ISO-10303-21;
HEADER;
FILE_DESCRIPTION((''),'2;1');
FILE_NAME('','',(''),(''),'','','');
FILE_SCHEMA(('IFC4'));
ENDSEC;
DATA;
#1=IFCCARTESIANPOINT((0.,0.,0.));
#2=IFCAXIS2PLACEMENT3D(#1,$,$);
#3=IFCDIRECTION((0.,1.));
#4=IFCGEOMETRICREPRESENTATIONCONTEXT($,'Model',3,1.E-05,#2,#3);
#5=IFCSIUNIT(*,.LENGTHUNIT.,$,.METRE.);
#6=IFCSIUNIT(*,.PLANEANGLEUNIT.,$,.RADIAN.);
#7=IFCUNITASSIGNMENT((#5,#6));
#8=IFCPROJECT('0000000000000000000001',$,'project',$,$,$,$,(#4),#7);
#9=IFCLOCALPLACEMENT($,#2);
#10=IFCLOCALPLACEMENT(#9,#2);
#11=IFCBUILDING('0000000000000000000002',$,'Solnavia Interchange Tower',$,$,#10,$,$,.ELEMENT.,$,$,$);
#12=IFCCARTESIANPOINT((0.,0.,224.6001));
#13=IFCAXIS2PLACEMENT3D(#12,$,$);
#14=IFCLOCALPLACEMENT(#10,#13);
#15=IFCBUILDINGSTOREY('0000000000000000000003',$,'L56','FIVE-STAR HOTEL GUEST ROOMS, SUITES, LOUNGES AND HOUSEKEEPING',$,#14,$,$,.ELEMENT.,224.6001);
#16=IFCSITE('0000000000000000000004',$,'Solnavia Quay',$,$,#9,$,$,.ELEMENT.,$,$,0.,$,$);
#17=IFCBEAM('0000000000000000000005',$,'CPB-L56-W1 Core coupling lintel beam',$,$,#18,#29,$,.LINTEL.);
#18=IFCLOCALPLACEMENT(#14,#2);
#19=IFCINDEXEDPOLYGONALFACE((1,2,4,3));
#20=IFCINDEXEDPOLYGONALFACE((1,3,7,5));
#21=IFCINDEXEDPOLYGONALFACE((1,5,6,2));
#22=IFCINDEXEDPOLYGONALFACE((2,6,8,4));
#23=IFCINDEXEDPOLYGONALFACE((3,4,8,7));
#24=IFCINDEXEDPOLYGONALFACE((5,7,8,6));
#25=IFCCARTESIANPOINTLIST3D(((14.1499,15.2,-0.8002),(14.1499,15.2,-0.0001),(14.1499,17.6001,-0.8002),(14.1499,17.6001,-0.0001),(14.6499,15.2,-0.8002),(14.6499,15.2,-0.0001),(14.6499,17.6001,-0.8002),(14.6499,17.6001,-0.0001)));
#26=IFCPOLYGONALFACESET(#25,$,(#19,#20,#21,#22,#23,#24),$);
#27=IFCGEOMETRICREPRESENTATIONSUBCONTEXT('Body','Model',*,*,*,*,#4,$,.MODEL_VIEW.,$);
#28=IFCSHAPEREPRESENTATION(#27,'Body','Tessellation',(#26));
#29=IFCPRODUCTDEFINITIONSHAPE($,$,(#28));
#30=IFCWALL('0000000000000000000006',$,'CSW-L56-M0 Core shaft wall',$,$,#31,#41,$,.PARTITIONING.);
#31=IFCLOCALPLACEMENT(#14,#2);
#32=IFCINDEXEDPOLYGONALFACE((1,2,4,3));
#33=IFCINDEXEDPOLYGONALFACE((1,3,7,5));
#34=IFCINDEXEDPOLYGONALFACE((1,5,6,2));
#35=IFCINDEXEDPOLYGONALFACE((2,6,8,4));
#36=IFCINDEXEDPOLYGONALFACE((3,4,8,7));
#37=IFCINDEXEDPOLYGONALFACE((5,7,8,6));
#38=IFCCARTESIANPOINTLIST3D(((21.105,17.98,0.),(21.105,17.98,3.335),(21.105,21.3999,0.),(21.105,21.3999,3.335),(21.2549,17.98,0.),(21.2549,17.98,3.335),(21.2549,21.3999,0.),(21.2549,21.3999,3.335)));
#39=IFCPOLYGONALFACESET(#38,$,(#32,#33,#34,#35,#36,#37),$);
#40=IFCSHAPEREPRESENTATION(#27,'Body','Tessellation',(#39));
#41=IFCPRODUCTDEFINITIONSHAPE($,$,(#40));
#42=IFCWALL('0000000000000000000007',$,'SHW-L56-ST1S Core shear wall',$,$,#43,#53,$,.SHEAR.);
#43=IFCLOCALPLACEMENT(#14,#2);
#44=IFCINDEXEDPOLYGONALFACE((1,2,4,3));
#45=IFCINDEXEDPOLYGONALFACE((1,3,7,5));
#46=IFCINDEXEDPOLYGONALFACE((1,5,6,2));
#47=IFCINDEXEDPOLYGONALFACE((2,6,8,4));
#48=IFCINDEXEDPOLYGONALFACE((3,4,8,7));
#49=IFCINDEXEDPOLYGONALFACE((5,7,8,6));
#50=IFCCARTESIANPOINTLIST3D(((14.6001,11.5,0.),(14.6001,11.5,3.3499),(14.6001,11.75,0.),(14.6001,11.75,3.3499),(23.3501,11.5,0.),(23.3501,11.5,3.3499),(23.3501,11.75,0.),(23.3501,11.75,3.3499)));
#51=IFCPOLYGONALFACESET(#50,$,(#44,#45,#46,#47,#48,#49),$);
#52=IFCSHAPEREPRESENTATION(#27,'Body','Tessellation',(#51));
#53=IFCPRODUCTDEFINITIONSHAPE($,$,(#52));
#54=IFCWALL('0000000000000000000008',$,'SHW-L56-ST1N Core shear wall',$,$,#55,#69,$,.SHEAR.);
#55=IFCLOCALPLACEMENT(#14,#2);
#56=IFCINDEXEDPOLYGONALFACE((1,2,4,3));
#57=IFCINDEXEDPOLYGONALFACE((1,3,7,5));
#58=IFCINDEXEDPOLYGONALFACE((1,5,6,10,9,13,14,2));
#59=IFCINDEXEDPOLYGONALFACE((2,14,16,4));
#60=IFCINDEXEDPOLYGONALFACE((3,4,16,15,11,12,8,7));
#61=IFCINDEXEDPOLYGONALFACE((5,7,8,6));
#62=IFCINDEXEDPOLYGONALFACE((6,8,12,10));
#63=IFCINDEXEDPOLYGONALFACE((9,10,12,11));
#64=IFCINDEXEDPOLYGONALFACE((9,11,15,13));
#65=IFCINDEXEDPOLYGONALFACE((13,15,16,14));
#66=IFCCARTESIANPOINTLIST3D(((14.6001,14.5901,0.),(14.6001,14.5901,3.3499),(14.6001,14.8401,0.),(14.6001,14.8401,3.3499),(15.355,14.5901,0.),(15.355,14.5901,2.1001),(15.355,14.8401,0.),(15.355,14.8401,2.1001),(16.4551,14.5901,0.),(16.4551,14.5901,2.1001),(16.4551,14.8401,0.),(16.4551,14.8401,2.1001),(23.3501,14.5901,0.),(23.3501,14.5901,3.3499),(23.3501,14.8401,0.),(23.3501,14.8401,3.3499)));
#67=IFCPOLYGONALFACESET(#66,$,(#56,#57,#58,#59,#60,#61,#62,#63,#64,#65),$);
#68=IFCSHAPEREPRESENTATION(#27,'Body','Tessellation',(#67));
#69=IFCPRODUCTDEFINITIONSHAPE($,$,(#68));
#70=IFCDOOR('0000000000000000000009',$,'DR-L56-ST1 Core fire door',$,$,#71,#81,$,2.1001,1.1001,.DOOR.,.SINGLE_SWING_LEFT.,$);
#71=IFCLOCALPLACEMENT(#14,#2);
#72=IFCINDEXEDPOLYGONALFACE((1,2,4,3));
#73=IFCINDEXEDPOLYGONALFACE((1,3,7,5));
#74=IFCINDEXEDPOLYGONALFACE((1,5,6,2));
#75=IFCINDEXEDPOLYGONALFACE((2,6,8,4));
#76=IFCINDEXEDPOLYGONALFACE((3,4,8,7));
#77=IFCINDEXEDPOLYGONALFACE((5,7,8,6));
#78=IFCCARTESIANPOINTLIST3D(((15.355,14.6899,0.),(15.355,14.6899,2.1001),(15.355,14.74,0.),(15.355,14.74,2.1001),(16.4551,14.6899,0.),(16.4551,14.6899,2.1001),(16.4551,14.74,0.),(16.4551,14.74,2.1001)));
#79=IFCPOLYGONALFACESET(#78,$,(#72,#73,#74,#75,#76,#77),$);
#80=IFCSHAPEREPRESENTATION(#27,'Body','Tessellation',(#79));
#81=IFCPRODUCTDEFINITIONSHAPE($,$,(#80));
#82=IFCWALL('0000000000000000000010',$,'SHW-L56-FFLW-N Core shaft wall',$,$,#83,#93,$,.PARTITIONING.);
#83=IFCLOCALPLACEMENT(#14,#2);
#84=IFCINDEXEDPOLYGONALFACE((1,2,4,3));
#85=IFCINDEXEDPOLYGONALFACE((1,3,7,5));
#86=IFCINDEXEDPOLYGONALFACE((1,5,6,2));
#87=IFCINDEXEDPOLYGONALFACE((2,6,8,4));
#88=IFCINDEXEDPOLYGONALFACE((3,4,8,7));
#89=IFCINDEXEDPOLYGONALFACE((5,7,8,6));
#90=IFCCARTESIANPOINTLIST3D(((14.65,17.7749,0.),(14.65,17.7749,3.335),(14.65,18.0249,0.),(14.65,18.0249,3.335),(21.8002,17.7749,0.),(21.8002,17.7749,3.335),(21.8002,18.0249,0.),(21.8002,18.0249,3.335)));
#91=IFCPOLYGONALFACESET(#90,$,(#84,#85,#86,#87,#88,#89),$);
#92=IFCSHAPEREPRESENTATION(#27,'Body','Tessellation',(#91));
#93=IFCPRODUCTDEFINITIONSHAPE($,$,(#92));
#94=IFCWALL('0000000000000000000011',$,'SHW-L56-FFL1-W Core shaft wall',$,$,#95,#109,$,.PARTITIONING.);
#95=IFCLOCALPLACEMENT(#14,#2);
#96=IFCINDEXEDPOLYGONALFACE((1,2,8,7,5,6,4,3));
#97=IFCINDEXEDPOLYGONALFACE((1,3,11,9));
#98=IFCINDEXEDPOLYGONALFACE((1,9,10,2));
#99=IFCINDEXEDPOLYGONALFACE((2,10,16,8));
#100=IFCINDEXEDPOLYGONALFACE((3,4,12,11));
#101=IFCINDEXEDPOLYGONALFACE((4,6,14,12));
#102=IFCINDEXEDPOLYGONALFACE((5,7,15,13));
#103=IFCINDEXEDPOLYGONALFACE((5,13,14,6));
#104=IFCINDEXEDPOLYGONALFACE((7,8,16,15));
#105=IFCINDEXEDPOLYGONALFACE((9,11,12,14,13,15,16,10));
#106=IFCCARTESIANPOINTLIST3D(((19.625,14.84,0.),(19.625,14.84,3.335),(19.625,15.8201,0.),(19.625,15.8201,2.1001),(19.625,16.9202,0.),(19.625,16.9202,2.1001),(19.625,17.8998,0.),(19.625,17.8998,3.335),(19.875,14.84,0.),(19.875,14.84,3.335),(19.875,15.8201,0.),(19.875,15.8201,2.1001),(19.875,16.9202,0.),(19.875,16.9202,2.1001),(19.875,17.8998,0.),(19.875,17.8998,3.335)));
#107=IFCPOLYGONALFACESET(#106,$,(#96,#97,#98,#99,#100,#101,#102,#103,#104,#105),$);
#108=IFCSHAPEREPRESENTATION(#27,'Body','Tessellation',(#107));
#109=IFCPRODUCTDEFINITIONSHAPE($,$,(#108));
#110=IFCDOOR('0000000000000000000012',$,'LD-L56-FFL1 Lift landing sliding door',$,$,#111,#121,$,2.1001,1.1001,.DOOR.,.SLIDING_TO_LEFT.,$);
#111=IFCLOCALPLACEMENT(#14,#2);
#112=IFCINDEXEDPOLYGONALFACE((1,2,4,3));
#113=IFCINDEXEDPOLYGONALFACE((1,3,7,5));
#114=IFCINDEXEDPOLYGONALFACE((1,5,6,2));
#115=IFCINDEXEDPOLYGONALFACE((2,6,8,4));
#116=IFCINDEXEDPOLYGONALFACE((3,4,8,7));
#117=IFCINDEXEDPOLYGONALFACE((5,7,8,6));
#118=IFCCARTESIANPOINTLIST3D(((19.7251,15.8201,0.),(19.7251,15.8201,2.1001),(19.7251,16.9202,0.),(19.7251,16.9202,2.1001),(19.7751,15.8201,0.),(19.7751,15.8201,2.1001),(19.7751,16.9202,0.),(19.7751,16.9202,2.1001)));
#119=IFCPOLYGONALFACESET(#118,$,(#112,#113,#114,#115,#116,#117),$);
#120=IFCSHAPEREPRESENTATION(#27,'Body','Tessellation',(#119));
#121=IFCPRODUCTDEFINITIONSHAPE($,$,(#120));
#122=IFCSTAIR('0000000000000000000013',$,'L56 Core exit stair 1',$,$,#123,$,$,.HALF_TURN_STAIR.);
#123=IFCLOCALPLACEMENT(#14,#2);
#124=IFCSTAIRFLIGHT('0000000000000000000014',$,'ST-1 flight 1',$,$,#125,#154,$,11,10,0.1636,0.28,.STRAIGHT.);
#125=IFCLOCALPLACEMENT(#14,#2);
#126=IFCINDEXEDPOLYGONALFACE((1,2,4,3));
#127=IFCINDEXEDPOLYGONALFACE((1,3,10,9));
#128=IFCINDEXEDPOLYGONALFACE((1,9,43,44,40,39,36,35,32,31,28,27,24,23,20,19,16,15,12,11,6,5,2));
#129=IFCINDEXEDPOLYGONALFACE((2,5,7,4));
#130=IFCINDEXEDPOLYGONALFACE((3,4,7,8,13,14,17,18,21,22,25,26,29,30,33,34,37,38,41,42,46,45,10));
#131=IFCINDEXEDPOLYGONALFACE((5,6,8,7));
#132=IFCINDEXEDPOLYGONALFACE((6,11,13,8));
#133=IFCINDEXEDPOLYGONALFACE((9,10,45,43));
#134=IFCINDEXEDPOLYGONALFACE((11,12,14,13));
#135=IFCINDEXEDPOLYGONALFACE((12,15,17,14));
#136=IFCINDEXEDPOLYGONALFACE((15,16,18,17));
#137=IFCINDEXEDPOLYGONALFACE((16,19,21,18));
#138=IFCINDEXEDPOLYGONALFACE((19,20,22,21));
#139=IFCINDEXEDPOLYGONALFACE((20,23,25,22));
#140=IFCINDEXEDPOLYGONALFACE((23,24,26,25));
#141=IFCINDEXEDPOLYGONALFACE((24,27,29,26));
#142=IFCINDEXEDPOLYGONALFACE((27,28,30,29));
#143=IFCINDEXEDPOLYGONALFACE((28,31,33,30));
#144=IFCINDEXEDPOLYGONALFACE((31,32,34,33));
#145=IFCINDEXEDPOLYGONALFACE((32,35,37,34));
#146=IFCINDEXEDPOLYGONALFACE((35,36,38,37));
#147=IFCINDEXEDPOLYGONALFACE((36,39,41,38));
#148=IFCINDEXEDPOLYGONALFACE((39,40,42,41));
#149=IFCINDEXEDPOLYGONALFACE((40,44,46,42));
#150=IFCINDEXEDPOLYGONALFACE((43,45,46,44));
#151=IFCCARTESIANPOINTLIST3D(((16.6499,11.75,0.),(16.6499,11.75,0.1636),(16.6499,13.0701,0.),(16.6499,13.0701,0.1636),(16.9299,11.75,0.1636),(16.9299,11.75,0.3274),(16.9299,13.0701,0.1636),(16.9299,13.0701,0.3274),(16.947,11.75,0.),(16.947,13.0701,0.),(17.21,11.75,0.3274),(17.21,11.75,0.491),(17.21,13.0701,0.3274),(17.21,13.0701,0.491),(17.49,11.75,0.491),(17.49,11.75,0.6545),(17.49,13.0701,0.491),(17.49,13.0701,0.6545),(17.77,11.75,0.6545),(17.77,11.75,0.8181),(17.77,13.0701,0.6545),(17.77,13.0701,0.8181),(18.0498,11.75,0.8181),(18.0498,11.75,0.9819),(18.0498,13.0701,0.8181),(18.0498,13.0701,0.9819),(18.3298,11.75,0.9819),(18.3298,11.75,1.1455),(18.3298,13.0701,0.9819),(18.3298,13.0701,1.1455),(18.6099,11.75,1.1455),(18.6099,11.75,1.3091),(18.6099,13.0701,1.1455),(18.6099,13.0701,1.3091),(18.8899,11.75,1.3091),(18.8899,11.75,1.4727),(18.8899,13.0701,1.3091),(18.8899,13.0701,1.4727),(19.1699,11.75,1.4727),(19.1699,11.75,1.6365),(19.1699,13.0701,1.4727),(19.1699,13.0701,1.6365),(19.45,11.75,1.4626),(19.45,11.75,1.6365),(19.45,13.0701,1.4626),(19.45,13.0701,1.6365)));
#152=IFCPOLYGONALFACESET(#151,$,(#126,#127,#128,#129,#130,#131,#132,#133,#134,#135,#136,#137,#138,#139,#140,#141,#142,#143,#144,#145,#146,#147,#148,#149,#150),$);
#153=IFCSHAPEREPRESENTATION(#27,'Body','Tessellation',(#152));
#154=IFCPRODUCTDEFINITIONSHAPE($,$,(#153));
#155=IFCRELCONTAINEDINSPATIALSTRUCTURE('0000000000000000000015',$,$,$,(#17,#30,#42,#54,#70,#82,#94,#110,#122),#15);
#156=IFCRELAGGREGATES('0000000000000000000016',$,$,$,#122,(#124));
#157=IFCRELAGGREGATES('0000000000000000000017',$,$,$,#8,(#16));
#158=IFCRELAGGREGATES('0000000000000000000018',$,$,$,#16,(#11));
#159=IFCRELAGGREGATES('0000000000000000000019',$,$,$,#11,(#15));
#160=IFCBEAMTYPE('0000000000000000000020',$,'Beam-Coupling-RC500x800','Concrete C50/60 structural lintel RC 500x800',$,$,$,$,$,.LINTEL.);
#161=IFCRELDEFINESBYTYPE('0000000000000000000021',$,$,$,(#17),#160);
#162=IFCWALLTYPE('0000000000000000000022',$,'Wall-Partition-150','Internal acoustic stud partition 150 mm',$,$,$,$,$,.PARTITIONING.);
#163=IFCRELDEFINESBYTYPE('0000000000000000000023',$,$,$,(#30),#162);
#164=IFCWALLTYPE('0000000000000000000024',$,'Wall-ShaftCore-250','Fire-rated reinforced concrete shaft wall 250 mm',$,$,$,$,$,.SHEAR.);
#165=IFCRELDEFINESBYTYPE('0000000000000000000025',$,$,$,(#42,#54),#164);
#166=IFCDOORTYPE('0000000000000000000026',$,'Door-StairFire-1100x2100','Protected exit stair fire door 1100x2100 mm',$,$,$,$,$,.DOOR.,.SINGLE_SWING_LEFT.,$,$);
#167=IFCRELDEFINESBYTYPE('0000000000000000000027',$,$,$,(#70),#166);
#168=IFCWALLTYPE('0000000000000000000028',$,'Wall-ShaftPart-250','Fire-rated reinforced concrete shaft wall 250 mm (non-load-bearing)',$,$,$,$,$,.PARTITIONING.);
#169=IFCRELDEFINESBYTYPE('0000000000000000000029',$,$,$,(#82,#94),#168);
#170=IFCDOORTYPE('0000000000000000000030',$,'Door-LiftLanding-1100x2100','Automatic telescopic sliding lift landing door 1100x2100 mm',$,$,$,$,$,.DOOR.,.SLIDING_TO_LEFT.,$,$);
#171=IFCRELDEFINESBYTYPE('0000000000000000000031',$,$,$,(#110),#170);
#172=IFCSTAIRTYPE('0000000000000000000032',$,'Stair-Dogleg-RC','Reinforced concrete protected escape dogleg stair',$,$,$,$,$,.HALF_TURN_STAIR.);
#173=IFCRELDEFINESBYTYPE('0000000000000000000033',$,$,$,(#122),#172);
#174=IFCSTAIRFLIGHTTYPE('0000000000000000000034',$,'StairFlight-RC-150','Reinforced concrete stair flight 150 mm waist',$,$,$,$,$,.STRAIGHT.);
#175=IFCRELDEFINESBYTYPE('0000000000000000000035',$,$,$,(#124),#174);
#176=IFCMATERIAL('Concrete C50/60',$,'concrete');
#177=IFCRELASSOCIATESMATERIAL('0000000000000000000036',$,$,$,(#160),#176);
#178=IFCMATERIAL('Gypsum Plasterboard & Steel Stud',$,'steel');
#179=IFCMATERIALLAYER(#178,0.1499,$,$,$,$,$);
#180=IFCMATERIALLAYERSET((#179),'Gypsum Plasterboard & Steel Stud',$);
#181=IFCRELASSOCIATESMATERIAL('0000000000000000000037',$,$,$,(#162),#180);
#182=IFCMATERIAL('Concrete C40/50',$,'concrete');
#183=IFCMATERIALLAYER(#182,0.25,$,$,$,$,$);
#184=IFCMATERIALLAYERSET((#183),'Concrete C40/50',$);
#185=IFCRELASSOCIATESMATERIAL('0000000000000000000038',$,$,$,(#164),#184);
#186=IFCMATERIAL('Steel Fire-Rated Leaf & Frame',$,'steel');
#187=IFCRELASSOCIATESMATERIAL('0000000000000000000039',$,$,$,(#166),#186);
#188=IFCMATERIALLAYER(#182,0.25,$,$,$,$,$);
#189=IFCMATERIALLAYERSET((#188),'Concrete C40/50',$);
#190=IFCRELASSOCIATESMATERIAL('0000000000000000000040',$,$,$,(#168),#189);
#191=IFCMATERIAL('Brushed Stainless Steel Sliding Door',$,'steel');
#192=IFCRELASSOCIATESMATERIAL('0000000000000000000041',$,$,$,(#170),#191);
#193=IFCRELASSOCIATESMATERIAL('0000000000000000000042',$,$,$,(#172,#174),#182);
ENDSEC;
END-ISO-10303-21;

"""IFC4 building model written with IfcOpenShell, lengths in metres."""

from ifc_helpers import new_model, si_unit, direction, frame, frame_2d, origin, origin_2d, place, context, subcontext, project, spatial, polyline, rectangle, outline, extrude, material, layer, layer_set, material_profile, profile_set, type_object, element, fill, aggregate, save


model = new_model("IFC4")

# Units and contexts
model_context = context("Model", 3, precision=1e-05, world=origin(), true_north=direction((0.0, 1.0)))
body_context = subcontext(model_context, "Body", "Model", "MODEL_VIEW")
ifc_project = project(units=[si_unit("LENGTHUNIT", "METRE"), si_unit("PLANEANGLEUNIT", "RADIAN")], contexts=[model_context])

# Site, building, storey
site_placement = place(None, origin())
site = spatial("IfcSite", under=ifc_project, at=site_placement, Name="Solnavia Quay", CompositionType="ELEMENT", RefElevation=0.0)
building_placement = place(site_placement, origin())
building = spatial("IfcBuilding", under=site, at=building_placement, Name="Solnavia Interchange Tower", CompositionType="ELEMENT")
storey_placement = place(building_placement, frame((0.0, 0.0, 224.6001)))
storey = spatial("IfcBuildingStorey", under=building, at=storey_placement, Name="L56", Description="FIVE-STAR HOTEL GUEST ROOMS, SUITES, LOUNGES AND HOUSEKEEPING", CompositionType="ELEMENT", Elevation=224.6001)

# Beam
ifc_material_1 = material(Name="Concrete C50/60", Category="concrete")
ifc_material_profile = material_profile(ifc_material_1, rectangle(XDim=0.5, YDim=0.8, at=origin_2d()), Name="RC 500x800")
ifc_profile_set = profile_set([ifc_material_profile], Name="Concrete C50/60")
beam_type = type_object("IfcBeamType", Name="Beam-Coupling-RC500x800", Description="Concrete C50/60 structural lintel RC 500x800", PredefinedType="LINTEL", material=ifc_profile_set)
beam_placement = place(storey_placement, frame((14.3999, 15.2, -0.4001), z_axis=(0.0, 1.0, 0.0), x_axis=(-1.0, 0.0, 0.0)))
element("IfcBeam", 1, at=beam_placement, inside=storey, type_object=beam_type, Name="CPB-L56-W1 Core coupling lintel beam", PredefinedType="LINTEL", context=body_context, shape_type="SweptSolid", body=[
    extrude(rectangle(XDim=0.5, YDim=0.8, at=origin_2d()), origin(), (0.0, 0.0, 1.0), 2.4001),
])

# Walls
ifc_material_2 = material(Name="Gypsum Plasterboard & Steel Stud", Category="steel")
ifc_layer_1 = layer(ifc_material_2, 0.1499)
ifc_layer_set_1 = layer_set([ifc_layer_1], Name="Gypsum Plasterboard & Steel Stud")
wall_type_1 = type_object("IfcWallType", Name="Wall-Partition-150", Description="Internal acoustic stud partition 150 mm", PredefinedType="PARTITIONING", material=ifc_layer_set_1)
wall_1_placement = place(storey_placement, frame((21.1799, 17.98, 0.0), z_axis=(0.0, 0.0, 1.0), x_axis=(0.0, 1.0, 0.0)))
element("IfcWall", 2, at=wall_1_placement, inside=storey, type_object=wall_type_1, Name="CSW-L56-M0 Core shaft wall", PredefinedType="PARTITIONING", context=body_context, shape_type="SweptSolid", body=[
    extrude(rectangle(XDim=3.4199, YDim=0.1499, at=frame_2d((1.71, 0.0))), origin(), (0.0, 0.0, 1.0), 3.335),
])
ifc_material_3 = material(Name="Concrete C40/50", Category="concrete")
ifc_layer_2 = layer(ifc_material_3, 0.25)
ifc_layer_set_2 = layer_set([ifc_layer_2], Name="Concrete C40/50")
wall_type_2 = type_object("IfcWallType", Name="Wall-ShaftCore-250", Description="Fire-rated reinforced concrete shaft wall 250 mm", PredefinedType="SHEAR", material=ifc_layer_set_2)
wall_2_placement = place(storey_placement, frame((14.6001, 11.625, 0.0), z_axis=(0.0, 0.0, 1.0), x_axis=(1.0, 0.0, 0.0)))
element("IfcWall", 3, at=wall_2_placement, inside=storey, type_object=wall_type_2, Name="SHW-L56-ST1S Core shear wall", PredefinedType="SHEAR", context=body_context, shape_type="SweptSolid", body=[
    extrude(rectangle(XDim=8.75, YDim=0.25, at=frame_2d((4.375, 0.0))), origin(), (0.0, 0.0, 1.0), 3.3499),
])

# Wall, opening, door
wall_3_placement = place(storey_placement, frame((14.6001, 14.7151, 0.0), z_axis=(0.0, 0.0, 1.0), x_axis=(1.0, 0.0, 0.0)))
wall_3 = element("IfcWall", 4, at=wall_3_placement, inside=storey, type_object=wall_type_2, Name="SHW-L56-ST1N Core shear wall", PredefinedType="SHEAR", context=body_context, shape_type="SweptSolid", body=[
    extrude(rectangle(XDim=8.75, YDim=0.25, at=frame_2d((4.375, 0.0))), origin(), (0.0, 0.0, 1.0), 3.3499),
])
opening_1_placement = place(wall_3_placement, frame((0.7549, 0.0, 0.0)))
opening_1 = element("IfcOpeningElement", 5, at=opening_1_placement, cuts=wall_3, PredefinedType="OPENING", context=body_context, shape_type="SweptSolid", body=[
    extrude(rectangle(XDim=1.1001, YDim=2.1001, at=frame_2d((0.55, 1.05))), frame((0.0, 0.135, 0.0), z_axis=(0.0, -1.0, 0.0), x_axis=(1.0, 0.0, 0.0)), (0.0, 0.0, 1.0), 0.27),
])
ifc_material_4 = material(Name="Steel Fire-Rated Leaf & Frame", Category="steel")
door_type_1 = type_object("IfcDoorType", Name="Door-StairFire-1100x2100", Description="Protected exit stair fire door 1100x2100 mm", OperationType="SINGLE_SWING_LEFT", PredefinedType="DOOR", material=ifc_material_4)
door_1_placement = place(opening_1_placement, origin())
door_1 = element("IfcDoor", 6, at=door_1_placement, inside=storey, type_object=door_type_1, Name="DR-L56-ST1 Core fire door", OperationType="SINGLE_SWING_LEFT", OverallHeight=2.1001, OverallWidth=1.1001, PredefinedType="DOOR", context=body_context, shape_type="SweptSolid", body=[
    extrude(rectangle(XDim=1.1001, YDim=2.1001, at=frame_2d((0.55, 1.05))), frame((0.0, 0.0249, 0.0), z_axis=(0.0, -1.0, 0.0), x_axis=(1.0, 0.0, 0.0)), (0.0, 0.0, 1.0), 0.05),
])
fill(opening_1, door_1)

# Wall
ifc_layer_3 = layer(ifc_material_3, 0.25)
ifc_layer_set_3 = layer_set([ifc_layer_3], Name="Concrete C40/50")
wall_type_3 = type_object("IfcWallType", Name="Wall-ShaftPart-250", Description="Fire-rated reinforced concrete shaft wall 250 mm (non-load-bearing)", PredefinedType="PARTITIONING", material=ifc_layer_set_3)
wall_4_placement = place(storey_placement, frame((14.6499, 17.8999, 0.0), z_axis=(0.0, 0.0, 1.0), x_axis=(1.0, 0.0, 0.0)))
element("IfcWall", 7, at=wall_4_placement, inside=storey, type_object=wall_type_3, Name="SHW-L56-FFLW-N Core shaft wall", PredefinedType="PARTITIONING", context=body_context, shape_type="SweptSolid", body=[
    extrude(rectangle(XDim=7.1501, YDim=0.25, at=frame_2d((3.5752, 0.0))), origin(), (0.0, 0.0, 1.0), 3.335),
])

# Wall, opening, door
wall_5_placement = place(storey_placement, frame((19.75, 14.8401, 0.0), z_axis=(0.0, 0.0, 1.0), x_axis=(0.0, 1.0, 0.0)))
wall_5 = element("IfcWall", 8, at=wall_5_placement, inside=storey, type_object=wall_type_3, Name="SHW-L56-FFL1-W Core shaft wall", PredefinedType="PARTITIONING", context=body_context, shape_type="SweptSolid", body=[
    extrude(rectangle(XDim=3.0598, YDim=0.25, at=frame_2d((1.5298, 0.0))), origin(), (0.0, 0.0, 1.0), 3.335),
])
opening_2_placement = place(wall_5_placement, frame((0.98, 0.0, 0.0)))
opening_2 = element("IfcOpeningElement", 9, at=opening_2_placement, cuts=wall_5, PredefinedType="OPENING", context=body_context, shape_type="SweptSolid", body=[
    extrude(rectangle(XDim=1.1001, YDim=2.1001, at=frame_2d((0.55, 1.05))), frame((0.0, 0.135, 0.0), z_axis=(0.0, -1.0, 0.0), x_axis=(1.0, 0.0, 0.0)), (0.0, 0.0, 1.0), 0.27),
])
ifc_material_5 = material(Name="Brushed Stainless Steel Sliding Door", Category="steel")
door_type_2 = type_object("IfcDoorType", Name="Door-LiftLanding-1100x2100", Description="Automatic telescopic sliding lift landing door 1100x2100 mm", OperationType="SLIDING_TO_LEFT", PredefinedType="DOOR", material=ifc_material_5)
door_2_placement = place(opening_2_placement, origin())
door_2 = element("IfcDoor", 10, at=door_2_placement, inside=storey, type_object=door_type_2, Name="LD-L56-FFL1 Lift landing sliding door", OperationType="SLIDING_TO_LEFT", OverallHeight=2.1001, OverallWidth=1.1001, PredefinedType="DOOR", context=body_context, shape_type="SweptSolid", body=[
    extrude(rectangle(XDim=1.1001, YDim=2.1001, at=frame_2d((0.55, 1.05))), frame((0.0, 0.0249, 0.0), z_axis=(0.0, -1.0, 0.0), x_axis=(1.0, 0.0, 0.0)), (0.0, 0.0, 1.0), 0.05),
])
fill(opening_2, door_2)

# Stair, stair flight
stair_type = type_object("IfcStairType", Name="Stair-Dogleg-RC", Description="Reinforced concrete protected escape dogleg stair", PredefinedType="HALF_TURN_STAIR", material=ifc_material_3)
stair_placement = place(storey_placement, origin())
stair = element("IfcStair", 11, at=stair_placement, inside=storey, type_object=stair_type, Name="L56 Core exit stair 1", PredefinedType="HALF_TURN_STAIR")
stair_flight_type = type_object("IfcStairFlightType", Name="StairFlight-RC-150", Description="Reinforced concrete stair flight 150 mm waist", PredefinedType="STRAIGHT", material=ifc_material_3)
stair_flight_1_placement = place(storey_placement, frame((16.6499, 12.4099, 0.0), z_axis=(0.0, 0.0, 1.0), x_axis=(1.0, 0.0, 0.0)))
stair_flight_1 = element("IfcStairFlight", 12, at=stair_flight_1_placement, type_object=stair_flight_type, Name="ST-1 flight 1", NumberOfRisers=11, NumberOfTreads=10, PredefinedType="STRAIGHT", RiserHeight=0.1636, TreadLength=0.28, context=body_context, shape_type="SweptSolid", body=[
    extrude(outline(polyline([(0.0, 0.0), (0.0, 0.1636), (0.28, 0.1636), (0.28, 0.3274), (0.5601, 0.3274), (0.5601, 0.491), (0.8401, 0.491), (0.8401, 0.6545), (1.1201, 0.6545), (1.1201, 0.8181), (1.3999, 0.8181), (1.3999, 0.9819), (1.6799, 0.9819), (1.6799, 1.1455), (1.96, 1.1455), (1.96, 1.3091), (2.24, 1.3091), (2.24, 1.4727), (2.52, 1.4727), (2.52, 1.6365), (2.8, 1.6365), (2.8, 1.8), (2.8, 1.4626), (0.2971, 0.0), (0.0, 0.0)])), frame((0.0, 0.6602, 0.0), z_axis=(0.0, -1.0, 0.0), x_axis=(1.0, 0.0, 0.0)), (0.0, 0.0, 1.0), 1.3201),
])
aggregate(stair, [stair_flight_1])

save(model, "model.ifc")
